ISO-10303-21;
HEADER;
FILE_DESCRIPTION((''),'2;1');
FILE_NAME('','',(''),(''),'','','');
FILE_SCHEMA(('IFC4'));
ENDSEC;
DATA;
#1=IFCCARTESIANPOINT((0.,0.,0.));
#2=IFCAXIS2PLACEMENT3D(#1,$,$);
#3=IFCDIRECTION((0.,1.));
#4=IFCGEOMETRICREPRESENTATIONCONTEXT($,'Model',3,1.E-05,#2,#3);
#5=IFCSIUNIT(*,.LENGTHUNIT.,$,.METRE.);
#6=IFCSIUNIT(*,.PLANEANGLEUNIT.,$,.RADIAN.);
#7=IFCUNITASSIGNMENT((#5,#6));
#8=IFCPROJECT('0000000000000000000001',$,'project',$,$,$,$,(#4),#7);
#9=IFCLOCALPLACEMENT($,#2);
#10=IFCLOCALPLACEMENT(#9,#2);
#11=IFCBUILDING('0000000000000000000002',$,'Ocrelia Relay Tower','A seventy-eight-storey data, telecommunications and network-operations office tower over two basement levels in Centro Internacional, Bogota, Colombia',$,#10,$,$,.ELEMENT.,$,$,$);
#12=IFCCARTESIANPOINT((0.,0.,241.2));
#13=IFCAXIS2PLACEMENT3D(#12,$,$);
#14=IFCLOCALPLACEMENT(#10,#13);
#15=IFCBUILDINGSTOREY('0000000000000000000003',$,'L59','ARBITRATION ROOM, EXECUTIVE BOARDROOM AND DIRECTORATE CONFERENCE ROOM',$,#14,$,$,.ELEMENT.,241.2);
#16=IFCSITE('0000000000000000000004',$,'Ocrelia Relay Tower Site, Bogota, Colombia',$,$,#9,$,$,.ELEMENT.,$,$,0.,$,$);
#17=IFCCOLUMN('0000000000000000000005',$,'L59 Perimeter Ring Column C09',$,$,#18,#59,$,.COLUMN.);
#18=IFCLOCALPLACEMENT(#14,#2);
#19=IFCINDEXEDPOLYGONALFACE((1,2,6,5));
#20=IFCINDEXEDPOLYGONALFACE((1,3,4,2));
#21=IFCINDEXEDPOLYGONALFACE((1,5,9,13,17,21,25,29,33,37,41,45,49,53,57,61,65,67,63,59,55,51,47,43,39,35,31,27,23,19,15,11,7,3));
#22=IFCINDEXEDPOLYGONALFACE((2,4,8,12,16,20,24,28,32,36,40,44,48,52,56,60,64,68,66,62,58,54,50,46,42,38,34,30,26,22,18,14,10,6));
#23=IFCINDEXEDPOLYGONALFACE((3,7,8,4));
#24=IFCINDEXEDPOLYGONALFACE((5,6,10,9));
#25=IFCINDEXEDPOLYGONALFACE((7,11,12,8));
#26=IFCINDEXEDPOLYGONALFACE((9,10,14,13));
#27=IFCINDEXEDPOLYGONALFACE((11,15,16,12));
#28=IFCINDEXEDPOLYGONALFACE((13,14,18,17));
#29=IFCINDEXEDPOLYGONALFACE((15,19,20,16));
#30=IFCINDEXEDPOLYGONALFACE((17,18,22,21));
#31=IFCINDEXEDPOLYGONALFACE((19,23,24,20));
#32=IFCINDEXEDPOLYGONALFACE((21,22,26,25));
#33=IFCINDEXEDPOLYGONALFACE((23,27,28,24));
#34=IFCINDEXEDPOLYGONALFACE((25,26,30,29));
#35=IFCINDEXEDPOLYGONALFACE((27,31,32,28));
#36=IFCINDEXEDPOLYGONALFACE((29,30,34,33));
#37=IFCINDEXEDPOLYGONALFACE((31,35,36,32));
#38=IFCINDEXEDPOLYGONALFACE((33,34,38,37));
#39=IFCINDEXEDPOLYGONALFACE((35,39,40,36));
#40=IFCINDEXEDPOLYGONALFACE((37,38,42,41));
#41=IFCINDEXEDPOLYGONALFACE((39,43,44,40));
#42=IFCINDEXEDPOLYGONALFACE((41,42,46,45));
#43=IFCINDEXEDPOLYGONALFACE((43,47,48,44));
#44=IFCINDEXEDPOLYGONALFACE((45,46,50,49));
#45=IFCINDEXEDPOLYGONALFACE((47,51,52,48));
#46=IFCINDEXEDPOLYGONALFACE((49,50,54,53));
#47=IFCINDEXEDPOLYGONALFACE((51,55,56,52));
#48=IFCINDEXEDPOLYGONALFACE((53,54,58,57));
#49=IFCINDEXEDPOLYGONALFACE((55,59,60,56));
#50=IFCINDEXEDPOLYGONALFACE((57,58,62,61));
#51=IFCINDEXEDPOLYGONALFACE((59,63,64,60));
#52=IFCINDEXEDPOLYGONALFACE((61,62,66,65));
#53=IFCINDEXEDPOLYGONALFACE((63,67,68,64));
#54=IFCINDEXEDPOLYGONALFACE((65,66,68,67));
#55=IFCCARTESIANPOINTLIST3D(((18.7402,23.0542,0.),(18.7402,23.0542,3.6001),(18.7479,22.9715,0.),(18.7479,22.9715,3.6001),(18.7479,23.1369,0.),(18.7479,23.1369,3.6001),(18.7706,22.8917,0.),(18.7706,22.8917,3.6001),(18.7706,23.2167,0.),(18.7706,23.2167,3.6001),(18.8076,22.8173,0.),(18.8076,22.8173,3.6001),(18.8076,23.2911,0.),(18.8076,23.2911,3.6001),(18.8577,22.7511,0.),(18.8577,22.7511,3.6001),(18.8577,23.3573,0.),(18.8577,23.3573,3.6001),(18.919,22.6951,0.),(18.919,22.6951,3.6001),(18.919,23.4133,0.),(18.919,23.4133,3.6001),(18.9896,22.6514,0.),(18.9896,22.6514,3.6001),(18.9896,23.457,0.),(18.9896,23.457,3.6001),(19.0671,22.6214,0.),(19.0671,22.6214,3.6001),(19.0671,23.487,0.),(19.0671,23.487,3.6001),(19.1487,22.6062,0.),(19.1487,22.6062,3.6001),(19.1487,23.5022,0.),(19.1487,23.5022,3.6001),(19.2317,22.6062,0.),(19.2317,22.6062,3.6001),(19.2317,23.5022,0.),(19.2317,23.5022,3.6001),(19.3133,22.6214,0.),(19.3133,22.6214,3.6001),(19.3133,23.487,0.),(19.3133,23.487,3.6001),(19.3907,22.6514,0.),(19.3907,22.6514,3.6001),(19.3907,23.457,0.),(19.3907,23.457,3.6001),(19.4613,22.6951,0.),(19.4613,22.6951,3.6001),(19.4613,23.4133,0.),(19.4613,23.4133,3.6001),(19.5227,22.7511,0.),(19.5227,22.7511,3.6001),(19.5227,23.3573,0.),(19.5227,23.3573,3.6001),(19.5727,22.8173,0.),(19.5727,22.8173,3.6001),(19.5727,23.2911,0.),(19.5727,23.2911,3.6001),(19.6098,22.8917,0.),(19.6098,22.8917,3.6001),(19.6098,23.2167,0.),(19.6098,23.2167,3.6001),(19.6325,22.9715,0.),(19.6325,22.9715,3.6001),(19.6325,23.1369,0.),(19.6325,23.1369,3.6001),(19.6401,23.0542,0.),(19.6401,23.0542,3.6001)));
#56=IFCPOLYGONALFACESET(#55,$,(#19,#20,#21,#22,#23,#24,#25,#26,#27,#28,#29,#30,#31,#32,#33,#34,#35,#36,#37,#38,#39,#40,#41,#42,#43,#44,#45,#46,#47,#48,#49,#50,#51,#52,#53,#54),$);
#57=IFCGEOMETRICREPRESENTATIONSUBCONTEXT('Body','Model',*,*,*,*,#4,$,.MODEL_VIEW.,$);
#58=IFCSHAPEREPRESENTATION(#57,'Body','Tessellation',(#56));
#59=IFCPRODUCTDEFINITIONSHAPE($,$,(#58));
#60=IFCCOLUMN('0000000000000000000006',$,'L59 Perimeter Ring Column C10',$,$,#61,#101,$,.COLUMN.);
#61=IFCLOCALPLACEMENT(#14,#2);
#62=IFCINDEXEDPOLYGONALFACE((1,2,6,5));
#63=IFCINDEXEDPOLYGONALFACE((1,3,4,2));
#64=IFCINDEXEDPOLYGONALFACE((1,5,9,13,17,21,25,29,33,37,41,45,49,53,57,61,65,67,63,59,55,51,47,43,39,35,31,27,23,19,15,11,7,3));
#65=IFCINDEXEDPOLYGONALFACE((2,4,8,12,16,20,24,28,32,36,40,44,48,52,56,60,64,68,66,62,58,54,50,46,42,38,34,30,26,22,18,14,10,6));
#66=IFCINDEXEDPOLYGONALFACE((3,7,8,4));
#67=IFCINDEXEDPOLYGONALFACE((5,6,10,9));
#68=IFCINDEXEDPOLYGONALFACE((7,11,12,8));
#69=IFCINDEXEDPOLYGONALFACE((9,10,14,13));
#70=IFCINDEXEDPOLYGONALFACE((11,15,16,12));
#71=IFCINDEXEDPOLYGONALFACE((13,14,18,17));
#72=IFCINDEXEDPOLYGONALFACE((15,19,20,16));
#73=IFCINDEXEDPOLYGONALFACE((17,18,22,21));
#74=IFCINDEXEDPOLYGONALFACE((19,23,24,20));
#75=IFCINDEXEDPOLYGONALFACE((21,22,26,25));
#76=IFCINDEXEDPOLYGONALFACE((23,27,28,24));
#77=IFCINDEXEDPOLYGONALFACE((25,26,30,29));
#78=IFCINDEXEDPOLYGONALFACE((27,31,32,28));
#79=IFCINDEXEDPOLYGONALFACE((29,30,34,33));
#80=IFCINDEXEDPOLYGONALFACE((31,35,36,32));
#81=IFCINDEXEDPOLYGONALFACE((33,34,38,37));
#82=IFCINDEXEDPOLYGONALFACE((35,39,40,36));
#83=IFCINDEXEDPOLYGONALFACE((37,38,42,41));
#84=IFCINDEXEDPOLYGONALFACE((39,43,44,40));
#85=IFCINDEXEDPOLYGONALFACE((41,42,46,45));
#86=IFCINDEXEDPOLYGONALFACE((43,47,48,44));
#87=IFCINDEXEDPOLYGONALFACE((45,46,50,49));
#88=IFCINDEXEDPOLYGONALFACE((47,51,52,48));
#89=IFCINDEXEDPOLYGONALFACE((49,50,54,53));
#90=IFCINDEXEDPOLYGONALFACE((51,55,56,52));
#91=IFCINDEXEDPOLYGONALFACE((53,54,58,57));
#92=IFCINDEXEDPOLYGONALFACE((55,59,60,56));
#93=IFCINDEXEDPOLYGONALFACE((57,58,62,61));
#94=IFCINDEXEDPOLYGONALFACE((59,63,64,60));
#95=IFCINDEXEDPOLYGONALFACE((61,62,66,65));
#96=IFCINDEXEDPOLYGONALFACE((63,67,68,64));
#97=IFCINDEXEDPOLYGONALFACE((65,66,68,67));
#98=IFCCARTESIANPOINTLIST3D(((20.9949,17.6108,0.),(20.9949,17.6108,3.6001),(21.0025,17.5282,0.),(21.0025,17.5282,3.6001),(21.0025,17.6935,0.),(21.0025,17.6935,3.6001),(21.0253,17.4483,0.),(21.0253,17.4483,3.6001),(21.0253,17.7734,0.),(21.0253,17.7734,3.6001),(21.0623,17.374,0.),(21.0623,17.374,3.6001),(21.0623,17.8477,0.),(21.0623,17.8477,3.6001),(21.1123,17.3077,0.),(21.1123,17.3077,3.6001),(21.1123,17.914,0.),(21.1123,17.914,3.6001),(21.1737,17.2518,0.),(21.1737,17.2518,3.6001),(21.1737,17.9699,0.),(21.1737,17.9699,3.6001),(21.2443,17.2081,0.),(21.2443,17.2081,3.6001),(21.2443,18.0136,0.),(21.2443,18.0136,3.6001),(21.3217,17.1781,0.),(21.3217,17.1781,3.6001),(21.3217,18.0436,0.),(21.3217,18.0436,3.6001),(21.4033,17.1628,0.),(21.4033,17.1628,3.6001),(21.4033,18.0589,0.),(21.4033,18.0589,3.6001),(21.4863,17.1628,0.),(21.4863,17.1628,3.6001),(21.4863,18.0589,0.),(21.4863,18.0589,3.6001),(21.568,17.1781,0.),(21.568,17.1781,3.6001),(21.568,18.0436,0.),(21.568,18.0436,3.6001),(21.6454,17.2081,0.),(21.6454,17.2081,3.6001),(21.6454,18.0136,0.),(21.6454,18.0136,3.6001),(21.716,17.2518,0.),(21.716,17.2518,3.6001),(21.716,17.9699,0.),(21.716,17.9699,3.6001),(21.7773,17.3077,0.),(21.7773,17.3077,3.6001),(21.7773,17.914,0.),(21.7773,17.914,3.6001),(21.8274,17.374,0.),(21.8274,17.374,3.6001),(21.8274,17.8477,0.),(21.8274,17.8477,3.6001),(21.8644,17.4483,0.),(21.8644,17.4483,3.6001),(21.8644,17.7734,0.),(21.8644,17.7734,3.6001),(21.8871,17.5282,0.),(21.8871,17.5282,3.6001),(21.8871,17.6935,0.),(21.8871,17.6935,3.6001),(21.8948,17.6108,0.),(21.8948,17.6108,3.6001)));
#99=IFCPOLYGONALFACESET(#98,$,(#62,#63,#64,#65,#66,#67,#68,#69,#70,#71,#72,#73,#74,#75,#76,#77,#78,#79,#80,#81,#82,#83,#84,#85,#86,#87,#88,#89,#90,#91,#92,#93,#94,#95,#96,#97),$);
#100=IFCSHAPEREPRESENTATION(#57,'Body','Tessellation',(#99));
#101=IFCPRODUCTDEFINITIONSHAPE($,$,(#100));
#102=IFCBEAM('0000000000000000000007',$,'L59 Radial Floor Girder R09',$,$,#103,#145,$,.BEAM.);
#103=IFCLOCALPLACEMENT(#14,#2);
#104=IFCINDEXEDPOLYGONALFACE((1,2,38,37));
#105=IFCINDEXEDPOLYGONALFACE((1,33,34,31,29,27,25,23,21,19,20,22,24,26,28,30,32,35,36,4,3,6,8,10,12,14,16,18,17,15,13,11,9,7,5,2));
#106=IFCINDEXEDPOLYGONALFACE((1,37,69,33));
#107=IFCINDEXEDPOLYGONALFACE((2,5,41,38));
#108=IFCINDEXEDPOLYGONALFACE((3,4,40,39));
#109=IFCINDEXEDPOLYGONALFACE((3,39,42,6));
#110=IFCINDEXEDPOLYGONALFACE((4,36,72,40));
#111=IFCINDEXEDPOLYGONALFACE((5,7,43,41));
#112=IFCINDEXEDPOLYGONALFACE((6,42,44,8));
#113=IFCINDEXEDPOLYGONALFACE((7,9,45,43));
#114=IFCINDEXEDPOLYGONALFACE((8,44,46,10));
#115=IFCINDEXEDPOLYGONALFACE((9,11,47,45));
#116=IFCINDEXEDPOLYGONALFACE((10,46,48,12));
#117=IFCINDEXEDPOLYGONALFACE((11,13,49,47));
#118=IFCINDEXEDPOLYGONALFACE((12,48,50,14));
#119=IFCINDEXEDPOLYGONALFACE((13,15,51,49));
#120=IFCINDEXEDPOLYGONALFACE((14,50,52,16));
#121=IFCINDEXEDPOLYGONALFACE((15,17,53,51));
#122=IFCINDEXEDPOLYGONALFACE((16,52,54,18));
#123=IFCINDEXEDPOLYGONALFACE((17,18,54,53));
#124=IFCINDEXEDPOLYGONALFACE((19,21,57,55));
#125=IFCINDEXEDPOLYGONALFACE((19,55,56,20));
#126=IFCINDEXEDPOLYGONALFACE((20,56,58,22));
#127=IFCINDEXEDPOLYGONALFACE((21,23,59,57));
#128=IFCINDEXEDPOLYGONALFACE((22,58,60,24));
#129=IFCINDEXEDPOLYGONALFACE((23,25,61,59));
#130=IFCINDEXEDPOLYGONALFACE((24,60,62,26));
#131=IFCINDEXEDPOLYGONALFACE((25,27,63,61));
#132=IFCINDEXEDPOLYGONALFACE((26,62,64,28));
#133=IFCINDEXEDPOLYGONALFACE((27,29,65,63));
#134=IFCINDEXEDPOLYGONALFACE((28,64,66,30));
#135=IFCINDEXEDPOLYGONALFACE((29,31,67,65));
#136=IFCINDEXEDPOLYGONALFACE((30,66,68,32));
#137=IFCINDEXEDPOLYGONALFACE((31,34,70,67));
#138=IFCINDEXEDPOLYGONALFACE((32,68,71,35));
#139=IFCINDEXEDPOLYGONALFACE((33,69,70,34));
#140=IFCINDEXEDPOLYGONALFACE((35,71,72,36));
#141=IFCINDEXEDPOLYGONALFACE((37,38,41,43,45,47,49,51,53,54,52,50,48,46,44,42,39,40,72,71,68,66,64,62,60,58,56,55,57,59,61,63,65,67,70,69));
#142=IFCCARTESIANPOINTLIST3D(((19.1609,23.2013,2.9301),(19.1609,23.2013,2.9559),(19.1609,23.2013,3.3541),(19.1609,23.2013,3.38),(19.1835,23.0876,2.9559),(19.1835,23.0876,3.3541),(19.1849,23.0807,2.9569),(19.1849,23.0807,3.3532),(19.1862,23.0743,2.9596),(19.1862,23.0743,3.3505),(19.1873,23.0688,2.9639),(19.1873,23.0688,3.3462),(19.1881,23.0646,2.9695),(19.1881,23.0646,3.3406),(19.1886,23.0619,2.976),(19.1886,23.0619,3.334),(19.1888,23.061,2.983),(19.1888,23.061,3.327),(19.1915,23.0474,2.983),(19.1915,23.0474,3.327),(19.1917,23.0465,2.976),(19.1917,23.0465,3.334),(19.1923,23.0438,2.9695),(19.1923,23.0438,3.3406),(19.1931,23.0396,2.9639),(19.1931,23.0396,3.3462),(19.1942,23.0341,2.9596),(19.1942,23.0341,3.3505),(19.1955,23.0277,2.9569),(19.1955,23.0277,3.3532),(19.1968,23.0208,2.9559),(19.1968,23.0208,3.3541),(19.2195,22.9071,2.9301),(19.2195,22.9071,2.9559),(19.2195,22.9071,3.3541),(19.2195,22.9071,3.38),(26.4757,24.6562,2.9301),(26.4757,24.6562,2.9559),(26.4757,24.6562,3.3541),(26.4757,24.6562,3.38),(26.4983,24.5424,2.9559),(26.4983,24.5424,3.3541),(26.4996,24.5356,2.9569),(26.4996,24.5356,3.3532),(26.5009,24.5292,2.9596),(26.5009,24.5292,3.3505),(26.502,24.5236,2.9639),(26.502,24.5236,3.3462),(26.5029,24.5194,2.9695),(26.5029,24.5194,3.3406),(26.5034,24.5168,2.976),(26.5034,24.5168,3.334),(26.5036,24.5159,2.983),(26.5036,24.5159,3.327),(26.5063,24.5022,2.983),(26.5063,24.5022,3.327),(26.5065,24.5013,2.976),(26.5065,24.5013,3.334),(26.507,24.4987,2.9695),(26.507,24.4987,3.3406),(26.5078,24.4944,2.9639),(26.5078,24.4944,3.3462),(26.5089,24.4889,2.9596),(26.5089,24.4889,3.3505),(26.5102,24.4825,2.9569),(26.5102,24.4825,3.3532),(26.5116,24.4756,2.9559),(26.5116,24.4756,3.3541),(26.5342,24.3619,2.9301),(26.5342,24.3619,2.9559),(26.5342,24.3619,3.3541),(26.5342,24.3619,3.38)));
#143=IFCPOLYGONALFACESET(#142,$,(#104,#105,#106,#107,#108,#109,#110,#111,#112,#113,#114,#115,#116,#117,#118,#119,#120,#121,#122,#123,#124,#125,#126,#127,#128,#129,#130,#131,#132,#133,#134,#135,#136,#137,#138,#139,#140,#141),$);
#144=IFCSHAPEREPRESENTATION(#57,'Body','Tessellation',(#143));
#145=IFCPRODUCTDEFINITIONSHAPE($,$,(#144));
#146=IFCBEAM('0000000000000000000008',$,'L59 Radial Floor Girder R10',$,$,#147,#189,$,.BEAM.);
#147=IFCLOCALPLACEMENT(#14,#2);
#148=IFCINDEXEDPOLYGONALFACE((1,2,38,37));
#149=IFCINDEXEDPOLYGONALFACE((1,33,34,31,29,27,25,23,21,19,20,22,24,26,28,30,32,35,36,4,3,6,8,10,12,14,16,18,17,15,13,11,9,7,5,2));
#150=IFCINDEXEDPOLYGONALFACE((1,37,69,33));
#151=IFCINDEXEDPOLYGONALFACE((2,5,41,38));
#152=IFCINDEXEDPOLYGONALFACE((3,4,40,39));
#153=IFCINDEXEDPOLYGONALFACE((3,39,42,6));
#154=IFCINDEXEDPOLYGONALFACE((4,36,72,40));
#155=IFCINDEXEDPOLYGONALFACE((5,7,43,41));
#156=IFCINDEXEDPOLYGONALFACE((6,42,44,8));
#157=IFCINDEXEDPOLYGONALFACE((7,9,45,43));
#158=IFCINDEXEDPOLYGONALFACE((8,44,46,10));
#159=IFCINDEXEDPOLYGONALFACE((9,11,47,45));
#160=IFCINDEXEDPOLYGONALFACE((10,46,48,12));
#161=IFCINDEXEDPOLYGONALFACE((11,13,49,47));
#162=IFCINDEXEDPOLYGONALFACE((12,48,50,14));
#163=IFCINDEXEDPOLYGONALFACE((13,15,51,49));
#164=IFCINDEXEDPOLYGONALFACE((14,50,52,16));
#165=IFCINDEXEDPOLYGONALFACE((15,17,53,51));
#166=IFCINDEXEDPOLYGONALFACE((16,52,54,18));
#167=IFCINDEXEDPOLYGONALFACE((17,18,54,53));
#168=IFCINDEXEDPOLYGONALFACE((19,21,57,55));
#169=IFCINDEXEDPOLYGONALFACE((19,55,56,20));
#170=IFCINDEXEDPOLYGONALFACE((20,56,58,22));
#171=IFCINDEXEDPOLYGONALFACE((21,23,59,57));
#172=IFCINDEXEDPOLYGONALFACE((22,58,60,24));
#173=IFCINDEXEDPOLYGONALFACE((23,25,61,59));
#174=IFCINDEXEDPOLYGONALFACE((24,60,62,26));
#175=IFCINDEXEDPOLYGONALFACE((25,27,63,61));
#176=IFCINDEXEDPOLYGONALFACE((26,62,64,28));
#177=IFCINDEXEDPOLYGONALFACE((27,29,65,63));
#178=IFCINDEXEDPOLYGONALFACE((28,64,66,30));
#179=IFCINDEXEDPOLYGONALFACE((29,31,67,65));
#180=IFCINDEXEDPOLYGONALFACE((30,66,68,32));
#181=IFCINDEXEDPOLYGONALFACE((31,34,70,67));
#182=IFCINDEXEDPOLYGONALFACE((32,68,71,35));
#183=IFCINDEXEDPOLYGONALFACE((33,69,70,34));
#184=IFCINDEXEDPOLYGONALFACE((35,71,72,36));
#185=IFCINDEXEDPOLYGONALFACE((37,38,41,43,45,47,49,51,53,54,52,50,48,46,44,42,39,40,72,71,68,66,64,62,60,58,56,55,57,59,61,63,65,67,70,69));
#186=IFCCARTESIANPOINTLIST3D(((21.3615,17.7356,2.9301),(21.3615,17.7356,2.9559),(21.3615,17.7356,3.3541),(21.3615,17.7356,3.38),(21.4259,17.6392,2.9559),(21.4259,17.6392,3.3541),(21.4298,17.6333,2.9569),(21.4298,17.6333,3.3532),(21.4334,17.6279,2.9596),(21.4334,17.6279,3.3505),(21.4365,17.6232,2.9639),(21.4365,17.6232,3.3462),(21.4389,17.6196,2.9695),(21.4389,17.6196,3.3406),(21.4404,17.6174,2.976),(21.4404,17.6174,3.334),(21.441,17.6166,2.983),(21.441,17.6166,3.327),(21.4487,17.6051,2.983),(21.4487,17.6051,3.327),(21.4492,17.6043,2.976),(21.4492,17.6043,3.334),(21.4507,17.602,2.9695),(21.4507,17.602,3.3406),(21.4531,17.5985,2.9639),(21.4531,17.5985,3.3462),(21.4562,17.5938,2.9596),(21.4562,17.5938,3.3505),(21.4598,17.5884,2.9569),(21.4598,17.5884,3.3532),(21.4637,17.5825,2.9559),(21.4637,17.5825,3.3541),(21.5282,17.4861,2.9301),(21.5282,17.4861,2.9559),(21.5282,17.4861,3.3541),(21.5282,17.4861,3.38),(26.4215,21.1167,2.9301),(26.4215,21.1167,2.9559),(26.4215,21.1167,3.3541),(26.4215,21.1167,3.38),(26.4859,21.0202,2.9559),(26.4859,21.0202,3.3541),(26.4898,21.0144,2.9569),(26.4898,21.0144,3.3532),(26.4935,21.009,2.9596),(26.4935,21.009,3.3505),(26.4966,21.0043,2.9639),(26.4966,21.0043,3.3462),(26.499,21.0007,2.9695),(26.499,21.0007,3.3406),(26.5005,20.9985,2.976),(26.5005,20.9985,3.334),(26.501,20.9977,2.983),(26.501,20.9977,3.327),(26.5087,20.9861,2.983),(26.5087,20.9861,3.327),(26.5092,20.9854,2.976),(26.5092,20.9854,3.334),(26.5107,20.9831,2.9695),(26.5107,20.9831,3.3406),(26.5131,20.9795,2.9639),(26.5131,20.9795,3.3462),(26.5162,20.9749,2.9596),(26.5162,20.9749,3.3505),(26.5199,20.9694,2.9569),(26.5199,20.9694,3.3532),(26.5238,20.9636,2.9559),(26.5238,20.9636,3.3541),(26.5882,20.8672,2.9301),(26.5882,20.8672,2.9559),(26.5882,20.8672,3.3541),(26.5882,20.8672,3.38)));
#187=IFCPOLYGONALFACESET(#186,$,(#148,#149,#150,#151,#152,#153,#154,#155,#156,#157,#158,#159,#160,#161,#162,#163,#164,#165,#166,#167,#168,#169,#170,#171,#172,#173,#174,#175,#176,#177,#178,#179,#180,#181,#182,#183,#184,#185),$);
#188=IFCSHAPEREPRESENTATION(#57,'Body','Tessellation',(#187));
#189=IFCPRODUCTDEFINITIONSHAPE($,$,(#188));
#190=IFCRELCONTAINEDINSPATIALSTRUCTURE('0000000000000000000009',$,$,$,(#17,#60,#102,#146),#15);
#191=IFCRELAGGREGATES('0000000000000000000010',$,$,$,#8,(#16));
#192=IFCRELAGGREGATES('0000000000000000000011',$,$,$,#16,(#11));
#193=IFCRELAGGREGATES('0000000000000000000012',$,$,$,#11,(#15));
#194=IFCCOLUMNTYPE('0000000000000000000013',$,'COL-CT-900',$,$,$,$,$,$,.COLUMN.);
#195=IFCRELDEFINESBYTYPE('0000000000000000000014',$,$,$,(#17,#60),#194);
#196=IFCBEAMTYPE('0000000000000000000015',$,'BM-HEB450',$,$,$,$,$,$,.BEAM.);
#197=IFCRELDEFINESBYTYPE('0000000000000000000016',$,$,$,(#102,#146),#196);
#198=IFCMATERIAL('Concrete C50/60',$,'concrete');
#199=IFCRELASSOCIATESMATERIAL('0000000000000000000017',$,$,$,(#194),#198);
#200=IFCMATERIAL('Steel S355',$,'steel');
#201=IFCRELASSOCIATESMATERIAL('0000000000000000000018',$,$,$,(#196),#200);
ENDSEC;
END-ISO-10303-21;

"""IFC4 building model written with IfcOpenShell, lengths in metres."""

from ifc_helpers import new_model, si_unit, direction, frame, origin, origin_2d, place, context, subcontext, project, spatial, circle, i_section, extrude, material, material_profile, profile_set, type_object, element, save


model = new_model("IFC4")

# Units and contexts
model_context = context("Model", 3, precision=1e-05, world=origin(), true_north=direction((0.0, 1.0)))
body_context = subcontext(model_context, "Body", "Model", "MODEL_VIEW")
ifc_project = project(units=[si_unit("LENGTHUNIT", "METRE"), si_unit("PLANEANGLEUNIT", "RADIAN")], contexts=[model_context])

# Site, building, storey
site_placement = place(None, origin())
site = spatial("IfcSite", under=ifc_project, at=site_placement, Name="Ocrelia Relay Tower Site, Bogota, Colombia", CompositionType="ELEMENT", RefElevation=0.0)
building_placement = place(site_placement, origin())
building = spatial("IfcBuilding", under=site, at=building_placement, Name="Ocrelia Relay Tower", Description="A seventy-eight-storey data, telecommunications and network-operations office tower over two basement levels in Centro Internacional, Bogota, Colombia", CompositionType="ELEMENT")
storey_placement = place(building_placement, frame((0.0, 0.0, 241.2)))
storey = spatial("IfcBuildingStorey", under=building, at=storey_placement, Name="L59", Description="ARBITRATION ROOM, EXECUTIVE BOARDROOM AND DIRECTORATE CONFERENCE ROOM", CompositionType="ELEMENT", Elevation=241.2)

# Columns
ifc_material_1 = material(Name="Concrete C50/60", Category="concrete")
ifc_material_profile_1 = material_profile(ifc_material_1, circle(Radius=0.45, at=origin_2d()), Name="RC-CIR-900")
ifc_profile_set_1 = profile_set([ifc_material_profile_1], Name="Concrete C50/60")
column_type = type_object("IfcColumnType", Name="COL-CT-900", PredefinedType="COLUMN", material=ifc_profile_set_1)
for number, where, z_axis, x_axis, name in (
    (1, (19.1902, 23.0542, 0.0), (0.0, 0.0, 1.0), (1.0, 0.0, 0.0), "L59 Perimeter Ring Column C09"),
    (2, (21.4448, 17.6108, 0.0), (0.0, 0.0, 1.0), (1.0, 0.0, 0.0), "L59 Perimeter Ring Column C10"),
):
    element("IfcColumn", number, at=place(storey_placement, frame(where, z_axis=z_axis, x_axis=x_axis)), inside=storey, type_object=column_type, Name=name, PredefinedType="COLUMN", context=body_context, shape_type="SweptSolid", body=[
        extrude(circle(Radius=0.45, at=origin_2d()), origin(), (0.0, 0.0, 1.0), 3.6001),
    ])

# Beams
ifc_material_2 = material(Name="Steel S355", Category="steel")
ifc_material_profile_2 = material_profile(ifc_material_2, i_section(OverallWidth=0.3, OverallDepth=0.45, WebThickness=0.0139, FlangeThickness=0.0259, FilletRadius=0.0271, at=origin_2d()), Name="HEB 450")
ifc_profile_set_2 = profile_set([ifc_material_profile_2], Name="Steel S355")
beam_type_1 = type_object("IfcBeamType", Name="BM-HEB450", PredefinedType="BEAM", material=ifc_profile_set_2)
beam_1_placement = place(storey_placement, frame((19.1902, 23.0542, 3.155), z_axis=(0.980789, 0.195071, 0.0), x_axis=(-0.195071, 0.980789, 0.0)))
element("IfcBeam", 3, at=beam_1_placement, inside=storey, type_object=beam_type_1, Name="L59 Radial Floor Girder R09", PredefinedType="BEAM", context=body_context, shape_type="SweptSolid", body=[
    extrude(i_section(OverallWidth=0.3, OverallDepth=0.45, WebThickness=0.0139, FlangeThickness=0.0259, FilletRadius=0.0271, at=origin_2d()), origin(), (0.0, 0.0, 1.0), 7.458),
])
beam_2_placement = place(storey_placement, frame((21.4448, 17.6108, 3.155), z_axis=(0.831464, 0.555579, 0.0), x_axis=(-0.555579, 0.831464, 0.0)))
element("IfcBeam", 4, at=beam_2_placement, inside=storey, type_object=beam_type_1, Name="L59 Radial Floor Girder R10", PredefinedType="BEAM", context=body_context, shape_type="SweptSolid", body=[
    extrude(i_section(OverallWidth=0.3, OverallDepth=0.45, WebThickness=0.0139, FlangeThickness=0.0259, FilletRadius=0.0271, at=origin_2d()), origin(), (0.0, 0.0, 1.0), 6.0857),
])

save(model, "model.ifc")
